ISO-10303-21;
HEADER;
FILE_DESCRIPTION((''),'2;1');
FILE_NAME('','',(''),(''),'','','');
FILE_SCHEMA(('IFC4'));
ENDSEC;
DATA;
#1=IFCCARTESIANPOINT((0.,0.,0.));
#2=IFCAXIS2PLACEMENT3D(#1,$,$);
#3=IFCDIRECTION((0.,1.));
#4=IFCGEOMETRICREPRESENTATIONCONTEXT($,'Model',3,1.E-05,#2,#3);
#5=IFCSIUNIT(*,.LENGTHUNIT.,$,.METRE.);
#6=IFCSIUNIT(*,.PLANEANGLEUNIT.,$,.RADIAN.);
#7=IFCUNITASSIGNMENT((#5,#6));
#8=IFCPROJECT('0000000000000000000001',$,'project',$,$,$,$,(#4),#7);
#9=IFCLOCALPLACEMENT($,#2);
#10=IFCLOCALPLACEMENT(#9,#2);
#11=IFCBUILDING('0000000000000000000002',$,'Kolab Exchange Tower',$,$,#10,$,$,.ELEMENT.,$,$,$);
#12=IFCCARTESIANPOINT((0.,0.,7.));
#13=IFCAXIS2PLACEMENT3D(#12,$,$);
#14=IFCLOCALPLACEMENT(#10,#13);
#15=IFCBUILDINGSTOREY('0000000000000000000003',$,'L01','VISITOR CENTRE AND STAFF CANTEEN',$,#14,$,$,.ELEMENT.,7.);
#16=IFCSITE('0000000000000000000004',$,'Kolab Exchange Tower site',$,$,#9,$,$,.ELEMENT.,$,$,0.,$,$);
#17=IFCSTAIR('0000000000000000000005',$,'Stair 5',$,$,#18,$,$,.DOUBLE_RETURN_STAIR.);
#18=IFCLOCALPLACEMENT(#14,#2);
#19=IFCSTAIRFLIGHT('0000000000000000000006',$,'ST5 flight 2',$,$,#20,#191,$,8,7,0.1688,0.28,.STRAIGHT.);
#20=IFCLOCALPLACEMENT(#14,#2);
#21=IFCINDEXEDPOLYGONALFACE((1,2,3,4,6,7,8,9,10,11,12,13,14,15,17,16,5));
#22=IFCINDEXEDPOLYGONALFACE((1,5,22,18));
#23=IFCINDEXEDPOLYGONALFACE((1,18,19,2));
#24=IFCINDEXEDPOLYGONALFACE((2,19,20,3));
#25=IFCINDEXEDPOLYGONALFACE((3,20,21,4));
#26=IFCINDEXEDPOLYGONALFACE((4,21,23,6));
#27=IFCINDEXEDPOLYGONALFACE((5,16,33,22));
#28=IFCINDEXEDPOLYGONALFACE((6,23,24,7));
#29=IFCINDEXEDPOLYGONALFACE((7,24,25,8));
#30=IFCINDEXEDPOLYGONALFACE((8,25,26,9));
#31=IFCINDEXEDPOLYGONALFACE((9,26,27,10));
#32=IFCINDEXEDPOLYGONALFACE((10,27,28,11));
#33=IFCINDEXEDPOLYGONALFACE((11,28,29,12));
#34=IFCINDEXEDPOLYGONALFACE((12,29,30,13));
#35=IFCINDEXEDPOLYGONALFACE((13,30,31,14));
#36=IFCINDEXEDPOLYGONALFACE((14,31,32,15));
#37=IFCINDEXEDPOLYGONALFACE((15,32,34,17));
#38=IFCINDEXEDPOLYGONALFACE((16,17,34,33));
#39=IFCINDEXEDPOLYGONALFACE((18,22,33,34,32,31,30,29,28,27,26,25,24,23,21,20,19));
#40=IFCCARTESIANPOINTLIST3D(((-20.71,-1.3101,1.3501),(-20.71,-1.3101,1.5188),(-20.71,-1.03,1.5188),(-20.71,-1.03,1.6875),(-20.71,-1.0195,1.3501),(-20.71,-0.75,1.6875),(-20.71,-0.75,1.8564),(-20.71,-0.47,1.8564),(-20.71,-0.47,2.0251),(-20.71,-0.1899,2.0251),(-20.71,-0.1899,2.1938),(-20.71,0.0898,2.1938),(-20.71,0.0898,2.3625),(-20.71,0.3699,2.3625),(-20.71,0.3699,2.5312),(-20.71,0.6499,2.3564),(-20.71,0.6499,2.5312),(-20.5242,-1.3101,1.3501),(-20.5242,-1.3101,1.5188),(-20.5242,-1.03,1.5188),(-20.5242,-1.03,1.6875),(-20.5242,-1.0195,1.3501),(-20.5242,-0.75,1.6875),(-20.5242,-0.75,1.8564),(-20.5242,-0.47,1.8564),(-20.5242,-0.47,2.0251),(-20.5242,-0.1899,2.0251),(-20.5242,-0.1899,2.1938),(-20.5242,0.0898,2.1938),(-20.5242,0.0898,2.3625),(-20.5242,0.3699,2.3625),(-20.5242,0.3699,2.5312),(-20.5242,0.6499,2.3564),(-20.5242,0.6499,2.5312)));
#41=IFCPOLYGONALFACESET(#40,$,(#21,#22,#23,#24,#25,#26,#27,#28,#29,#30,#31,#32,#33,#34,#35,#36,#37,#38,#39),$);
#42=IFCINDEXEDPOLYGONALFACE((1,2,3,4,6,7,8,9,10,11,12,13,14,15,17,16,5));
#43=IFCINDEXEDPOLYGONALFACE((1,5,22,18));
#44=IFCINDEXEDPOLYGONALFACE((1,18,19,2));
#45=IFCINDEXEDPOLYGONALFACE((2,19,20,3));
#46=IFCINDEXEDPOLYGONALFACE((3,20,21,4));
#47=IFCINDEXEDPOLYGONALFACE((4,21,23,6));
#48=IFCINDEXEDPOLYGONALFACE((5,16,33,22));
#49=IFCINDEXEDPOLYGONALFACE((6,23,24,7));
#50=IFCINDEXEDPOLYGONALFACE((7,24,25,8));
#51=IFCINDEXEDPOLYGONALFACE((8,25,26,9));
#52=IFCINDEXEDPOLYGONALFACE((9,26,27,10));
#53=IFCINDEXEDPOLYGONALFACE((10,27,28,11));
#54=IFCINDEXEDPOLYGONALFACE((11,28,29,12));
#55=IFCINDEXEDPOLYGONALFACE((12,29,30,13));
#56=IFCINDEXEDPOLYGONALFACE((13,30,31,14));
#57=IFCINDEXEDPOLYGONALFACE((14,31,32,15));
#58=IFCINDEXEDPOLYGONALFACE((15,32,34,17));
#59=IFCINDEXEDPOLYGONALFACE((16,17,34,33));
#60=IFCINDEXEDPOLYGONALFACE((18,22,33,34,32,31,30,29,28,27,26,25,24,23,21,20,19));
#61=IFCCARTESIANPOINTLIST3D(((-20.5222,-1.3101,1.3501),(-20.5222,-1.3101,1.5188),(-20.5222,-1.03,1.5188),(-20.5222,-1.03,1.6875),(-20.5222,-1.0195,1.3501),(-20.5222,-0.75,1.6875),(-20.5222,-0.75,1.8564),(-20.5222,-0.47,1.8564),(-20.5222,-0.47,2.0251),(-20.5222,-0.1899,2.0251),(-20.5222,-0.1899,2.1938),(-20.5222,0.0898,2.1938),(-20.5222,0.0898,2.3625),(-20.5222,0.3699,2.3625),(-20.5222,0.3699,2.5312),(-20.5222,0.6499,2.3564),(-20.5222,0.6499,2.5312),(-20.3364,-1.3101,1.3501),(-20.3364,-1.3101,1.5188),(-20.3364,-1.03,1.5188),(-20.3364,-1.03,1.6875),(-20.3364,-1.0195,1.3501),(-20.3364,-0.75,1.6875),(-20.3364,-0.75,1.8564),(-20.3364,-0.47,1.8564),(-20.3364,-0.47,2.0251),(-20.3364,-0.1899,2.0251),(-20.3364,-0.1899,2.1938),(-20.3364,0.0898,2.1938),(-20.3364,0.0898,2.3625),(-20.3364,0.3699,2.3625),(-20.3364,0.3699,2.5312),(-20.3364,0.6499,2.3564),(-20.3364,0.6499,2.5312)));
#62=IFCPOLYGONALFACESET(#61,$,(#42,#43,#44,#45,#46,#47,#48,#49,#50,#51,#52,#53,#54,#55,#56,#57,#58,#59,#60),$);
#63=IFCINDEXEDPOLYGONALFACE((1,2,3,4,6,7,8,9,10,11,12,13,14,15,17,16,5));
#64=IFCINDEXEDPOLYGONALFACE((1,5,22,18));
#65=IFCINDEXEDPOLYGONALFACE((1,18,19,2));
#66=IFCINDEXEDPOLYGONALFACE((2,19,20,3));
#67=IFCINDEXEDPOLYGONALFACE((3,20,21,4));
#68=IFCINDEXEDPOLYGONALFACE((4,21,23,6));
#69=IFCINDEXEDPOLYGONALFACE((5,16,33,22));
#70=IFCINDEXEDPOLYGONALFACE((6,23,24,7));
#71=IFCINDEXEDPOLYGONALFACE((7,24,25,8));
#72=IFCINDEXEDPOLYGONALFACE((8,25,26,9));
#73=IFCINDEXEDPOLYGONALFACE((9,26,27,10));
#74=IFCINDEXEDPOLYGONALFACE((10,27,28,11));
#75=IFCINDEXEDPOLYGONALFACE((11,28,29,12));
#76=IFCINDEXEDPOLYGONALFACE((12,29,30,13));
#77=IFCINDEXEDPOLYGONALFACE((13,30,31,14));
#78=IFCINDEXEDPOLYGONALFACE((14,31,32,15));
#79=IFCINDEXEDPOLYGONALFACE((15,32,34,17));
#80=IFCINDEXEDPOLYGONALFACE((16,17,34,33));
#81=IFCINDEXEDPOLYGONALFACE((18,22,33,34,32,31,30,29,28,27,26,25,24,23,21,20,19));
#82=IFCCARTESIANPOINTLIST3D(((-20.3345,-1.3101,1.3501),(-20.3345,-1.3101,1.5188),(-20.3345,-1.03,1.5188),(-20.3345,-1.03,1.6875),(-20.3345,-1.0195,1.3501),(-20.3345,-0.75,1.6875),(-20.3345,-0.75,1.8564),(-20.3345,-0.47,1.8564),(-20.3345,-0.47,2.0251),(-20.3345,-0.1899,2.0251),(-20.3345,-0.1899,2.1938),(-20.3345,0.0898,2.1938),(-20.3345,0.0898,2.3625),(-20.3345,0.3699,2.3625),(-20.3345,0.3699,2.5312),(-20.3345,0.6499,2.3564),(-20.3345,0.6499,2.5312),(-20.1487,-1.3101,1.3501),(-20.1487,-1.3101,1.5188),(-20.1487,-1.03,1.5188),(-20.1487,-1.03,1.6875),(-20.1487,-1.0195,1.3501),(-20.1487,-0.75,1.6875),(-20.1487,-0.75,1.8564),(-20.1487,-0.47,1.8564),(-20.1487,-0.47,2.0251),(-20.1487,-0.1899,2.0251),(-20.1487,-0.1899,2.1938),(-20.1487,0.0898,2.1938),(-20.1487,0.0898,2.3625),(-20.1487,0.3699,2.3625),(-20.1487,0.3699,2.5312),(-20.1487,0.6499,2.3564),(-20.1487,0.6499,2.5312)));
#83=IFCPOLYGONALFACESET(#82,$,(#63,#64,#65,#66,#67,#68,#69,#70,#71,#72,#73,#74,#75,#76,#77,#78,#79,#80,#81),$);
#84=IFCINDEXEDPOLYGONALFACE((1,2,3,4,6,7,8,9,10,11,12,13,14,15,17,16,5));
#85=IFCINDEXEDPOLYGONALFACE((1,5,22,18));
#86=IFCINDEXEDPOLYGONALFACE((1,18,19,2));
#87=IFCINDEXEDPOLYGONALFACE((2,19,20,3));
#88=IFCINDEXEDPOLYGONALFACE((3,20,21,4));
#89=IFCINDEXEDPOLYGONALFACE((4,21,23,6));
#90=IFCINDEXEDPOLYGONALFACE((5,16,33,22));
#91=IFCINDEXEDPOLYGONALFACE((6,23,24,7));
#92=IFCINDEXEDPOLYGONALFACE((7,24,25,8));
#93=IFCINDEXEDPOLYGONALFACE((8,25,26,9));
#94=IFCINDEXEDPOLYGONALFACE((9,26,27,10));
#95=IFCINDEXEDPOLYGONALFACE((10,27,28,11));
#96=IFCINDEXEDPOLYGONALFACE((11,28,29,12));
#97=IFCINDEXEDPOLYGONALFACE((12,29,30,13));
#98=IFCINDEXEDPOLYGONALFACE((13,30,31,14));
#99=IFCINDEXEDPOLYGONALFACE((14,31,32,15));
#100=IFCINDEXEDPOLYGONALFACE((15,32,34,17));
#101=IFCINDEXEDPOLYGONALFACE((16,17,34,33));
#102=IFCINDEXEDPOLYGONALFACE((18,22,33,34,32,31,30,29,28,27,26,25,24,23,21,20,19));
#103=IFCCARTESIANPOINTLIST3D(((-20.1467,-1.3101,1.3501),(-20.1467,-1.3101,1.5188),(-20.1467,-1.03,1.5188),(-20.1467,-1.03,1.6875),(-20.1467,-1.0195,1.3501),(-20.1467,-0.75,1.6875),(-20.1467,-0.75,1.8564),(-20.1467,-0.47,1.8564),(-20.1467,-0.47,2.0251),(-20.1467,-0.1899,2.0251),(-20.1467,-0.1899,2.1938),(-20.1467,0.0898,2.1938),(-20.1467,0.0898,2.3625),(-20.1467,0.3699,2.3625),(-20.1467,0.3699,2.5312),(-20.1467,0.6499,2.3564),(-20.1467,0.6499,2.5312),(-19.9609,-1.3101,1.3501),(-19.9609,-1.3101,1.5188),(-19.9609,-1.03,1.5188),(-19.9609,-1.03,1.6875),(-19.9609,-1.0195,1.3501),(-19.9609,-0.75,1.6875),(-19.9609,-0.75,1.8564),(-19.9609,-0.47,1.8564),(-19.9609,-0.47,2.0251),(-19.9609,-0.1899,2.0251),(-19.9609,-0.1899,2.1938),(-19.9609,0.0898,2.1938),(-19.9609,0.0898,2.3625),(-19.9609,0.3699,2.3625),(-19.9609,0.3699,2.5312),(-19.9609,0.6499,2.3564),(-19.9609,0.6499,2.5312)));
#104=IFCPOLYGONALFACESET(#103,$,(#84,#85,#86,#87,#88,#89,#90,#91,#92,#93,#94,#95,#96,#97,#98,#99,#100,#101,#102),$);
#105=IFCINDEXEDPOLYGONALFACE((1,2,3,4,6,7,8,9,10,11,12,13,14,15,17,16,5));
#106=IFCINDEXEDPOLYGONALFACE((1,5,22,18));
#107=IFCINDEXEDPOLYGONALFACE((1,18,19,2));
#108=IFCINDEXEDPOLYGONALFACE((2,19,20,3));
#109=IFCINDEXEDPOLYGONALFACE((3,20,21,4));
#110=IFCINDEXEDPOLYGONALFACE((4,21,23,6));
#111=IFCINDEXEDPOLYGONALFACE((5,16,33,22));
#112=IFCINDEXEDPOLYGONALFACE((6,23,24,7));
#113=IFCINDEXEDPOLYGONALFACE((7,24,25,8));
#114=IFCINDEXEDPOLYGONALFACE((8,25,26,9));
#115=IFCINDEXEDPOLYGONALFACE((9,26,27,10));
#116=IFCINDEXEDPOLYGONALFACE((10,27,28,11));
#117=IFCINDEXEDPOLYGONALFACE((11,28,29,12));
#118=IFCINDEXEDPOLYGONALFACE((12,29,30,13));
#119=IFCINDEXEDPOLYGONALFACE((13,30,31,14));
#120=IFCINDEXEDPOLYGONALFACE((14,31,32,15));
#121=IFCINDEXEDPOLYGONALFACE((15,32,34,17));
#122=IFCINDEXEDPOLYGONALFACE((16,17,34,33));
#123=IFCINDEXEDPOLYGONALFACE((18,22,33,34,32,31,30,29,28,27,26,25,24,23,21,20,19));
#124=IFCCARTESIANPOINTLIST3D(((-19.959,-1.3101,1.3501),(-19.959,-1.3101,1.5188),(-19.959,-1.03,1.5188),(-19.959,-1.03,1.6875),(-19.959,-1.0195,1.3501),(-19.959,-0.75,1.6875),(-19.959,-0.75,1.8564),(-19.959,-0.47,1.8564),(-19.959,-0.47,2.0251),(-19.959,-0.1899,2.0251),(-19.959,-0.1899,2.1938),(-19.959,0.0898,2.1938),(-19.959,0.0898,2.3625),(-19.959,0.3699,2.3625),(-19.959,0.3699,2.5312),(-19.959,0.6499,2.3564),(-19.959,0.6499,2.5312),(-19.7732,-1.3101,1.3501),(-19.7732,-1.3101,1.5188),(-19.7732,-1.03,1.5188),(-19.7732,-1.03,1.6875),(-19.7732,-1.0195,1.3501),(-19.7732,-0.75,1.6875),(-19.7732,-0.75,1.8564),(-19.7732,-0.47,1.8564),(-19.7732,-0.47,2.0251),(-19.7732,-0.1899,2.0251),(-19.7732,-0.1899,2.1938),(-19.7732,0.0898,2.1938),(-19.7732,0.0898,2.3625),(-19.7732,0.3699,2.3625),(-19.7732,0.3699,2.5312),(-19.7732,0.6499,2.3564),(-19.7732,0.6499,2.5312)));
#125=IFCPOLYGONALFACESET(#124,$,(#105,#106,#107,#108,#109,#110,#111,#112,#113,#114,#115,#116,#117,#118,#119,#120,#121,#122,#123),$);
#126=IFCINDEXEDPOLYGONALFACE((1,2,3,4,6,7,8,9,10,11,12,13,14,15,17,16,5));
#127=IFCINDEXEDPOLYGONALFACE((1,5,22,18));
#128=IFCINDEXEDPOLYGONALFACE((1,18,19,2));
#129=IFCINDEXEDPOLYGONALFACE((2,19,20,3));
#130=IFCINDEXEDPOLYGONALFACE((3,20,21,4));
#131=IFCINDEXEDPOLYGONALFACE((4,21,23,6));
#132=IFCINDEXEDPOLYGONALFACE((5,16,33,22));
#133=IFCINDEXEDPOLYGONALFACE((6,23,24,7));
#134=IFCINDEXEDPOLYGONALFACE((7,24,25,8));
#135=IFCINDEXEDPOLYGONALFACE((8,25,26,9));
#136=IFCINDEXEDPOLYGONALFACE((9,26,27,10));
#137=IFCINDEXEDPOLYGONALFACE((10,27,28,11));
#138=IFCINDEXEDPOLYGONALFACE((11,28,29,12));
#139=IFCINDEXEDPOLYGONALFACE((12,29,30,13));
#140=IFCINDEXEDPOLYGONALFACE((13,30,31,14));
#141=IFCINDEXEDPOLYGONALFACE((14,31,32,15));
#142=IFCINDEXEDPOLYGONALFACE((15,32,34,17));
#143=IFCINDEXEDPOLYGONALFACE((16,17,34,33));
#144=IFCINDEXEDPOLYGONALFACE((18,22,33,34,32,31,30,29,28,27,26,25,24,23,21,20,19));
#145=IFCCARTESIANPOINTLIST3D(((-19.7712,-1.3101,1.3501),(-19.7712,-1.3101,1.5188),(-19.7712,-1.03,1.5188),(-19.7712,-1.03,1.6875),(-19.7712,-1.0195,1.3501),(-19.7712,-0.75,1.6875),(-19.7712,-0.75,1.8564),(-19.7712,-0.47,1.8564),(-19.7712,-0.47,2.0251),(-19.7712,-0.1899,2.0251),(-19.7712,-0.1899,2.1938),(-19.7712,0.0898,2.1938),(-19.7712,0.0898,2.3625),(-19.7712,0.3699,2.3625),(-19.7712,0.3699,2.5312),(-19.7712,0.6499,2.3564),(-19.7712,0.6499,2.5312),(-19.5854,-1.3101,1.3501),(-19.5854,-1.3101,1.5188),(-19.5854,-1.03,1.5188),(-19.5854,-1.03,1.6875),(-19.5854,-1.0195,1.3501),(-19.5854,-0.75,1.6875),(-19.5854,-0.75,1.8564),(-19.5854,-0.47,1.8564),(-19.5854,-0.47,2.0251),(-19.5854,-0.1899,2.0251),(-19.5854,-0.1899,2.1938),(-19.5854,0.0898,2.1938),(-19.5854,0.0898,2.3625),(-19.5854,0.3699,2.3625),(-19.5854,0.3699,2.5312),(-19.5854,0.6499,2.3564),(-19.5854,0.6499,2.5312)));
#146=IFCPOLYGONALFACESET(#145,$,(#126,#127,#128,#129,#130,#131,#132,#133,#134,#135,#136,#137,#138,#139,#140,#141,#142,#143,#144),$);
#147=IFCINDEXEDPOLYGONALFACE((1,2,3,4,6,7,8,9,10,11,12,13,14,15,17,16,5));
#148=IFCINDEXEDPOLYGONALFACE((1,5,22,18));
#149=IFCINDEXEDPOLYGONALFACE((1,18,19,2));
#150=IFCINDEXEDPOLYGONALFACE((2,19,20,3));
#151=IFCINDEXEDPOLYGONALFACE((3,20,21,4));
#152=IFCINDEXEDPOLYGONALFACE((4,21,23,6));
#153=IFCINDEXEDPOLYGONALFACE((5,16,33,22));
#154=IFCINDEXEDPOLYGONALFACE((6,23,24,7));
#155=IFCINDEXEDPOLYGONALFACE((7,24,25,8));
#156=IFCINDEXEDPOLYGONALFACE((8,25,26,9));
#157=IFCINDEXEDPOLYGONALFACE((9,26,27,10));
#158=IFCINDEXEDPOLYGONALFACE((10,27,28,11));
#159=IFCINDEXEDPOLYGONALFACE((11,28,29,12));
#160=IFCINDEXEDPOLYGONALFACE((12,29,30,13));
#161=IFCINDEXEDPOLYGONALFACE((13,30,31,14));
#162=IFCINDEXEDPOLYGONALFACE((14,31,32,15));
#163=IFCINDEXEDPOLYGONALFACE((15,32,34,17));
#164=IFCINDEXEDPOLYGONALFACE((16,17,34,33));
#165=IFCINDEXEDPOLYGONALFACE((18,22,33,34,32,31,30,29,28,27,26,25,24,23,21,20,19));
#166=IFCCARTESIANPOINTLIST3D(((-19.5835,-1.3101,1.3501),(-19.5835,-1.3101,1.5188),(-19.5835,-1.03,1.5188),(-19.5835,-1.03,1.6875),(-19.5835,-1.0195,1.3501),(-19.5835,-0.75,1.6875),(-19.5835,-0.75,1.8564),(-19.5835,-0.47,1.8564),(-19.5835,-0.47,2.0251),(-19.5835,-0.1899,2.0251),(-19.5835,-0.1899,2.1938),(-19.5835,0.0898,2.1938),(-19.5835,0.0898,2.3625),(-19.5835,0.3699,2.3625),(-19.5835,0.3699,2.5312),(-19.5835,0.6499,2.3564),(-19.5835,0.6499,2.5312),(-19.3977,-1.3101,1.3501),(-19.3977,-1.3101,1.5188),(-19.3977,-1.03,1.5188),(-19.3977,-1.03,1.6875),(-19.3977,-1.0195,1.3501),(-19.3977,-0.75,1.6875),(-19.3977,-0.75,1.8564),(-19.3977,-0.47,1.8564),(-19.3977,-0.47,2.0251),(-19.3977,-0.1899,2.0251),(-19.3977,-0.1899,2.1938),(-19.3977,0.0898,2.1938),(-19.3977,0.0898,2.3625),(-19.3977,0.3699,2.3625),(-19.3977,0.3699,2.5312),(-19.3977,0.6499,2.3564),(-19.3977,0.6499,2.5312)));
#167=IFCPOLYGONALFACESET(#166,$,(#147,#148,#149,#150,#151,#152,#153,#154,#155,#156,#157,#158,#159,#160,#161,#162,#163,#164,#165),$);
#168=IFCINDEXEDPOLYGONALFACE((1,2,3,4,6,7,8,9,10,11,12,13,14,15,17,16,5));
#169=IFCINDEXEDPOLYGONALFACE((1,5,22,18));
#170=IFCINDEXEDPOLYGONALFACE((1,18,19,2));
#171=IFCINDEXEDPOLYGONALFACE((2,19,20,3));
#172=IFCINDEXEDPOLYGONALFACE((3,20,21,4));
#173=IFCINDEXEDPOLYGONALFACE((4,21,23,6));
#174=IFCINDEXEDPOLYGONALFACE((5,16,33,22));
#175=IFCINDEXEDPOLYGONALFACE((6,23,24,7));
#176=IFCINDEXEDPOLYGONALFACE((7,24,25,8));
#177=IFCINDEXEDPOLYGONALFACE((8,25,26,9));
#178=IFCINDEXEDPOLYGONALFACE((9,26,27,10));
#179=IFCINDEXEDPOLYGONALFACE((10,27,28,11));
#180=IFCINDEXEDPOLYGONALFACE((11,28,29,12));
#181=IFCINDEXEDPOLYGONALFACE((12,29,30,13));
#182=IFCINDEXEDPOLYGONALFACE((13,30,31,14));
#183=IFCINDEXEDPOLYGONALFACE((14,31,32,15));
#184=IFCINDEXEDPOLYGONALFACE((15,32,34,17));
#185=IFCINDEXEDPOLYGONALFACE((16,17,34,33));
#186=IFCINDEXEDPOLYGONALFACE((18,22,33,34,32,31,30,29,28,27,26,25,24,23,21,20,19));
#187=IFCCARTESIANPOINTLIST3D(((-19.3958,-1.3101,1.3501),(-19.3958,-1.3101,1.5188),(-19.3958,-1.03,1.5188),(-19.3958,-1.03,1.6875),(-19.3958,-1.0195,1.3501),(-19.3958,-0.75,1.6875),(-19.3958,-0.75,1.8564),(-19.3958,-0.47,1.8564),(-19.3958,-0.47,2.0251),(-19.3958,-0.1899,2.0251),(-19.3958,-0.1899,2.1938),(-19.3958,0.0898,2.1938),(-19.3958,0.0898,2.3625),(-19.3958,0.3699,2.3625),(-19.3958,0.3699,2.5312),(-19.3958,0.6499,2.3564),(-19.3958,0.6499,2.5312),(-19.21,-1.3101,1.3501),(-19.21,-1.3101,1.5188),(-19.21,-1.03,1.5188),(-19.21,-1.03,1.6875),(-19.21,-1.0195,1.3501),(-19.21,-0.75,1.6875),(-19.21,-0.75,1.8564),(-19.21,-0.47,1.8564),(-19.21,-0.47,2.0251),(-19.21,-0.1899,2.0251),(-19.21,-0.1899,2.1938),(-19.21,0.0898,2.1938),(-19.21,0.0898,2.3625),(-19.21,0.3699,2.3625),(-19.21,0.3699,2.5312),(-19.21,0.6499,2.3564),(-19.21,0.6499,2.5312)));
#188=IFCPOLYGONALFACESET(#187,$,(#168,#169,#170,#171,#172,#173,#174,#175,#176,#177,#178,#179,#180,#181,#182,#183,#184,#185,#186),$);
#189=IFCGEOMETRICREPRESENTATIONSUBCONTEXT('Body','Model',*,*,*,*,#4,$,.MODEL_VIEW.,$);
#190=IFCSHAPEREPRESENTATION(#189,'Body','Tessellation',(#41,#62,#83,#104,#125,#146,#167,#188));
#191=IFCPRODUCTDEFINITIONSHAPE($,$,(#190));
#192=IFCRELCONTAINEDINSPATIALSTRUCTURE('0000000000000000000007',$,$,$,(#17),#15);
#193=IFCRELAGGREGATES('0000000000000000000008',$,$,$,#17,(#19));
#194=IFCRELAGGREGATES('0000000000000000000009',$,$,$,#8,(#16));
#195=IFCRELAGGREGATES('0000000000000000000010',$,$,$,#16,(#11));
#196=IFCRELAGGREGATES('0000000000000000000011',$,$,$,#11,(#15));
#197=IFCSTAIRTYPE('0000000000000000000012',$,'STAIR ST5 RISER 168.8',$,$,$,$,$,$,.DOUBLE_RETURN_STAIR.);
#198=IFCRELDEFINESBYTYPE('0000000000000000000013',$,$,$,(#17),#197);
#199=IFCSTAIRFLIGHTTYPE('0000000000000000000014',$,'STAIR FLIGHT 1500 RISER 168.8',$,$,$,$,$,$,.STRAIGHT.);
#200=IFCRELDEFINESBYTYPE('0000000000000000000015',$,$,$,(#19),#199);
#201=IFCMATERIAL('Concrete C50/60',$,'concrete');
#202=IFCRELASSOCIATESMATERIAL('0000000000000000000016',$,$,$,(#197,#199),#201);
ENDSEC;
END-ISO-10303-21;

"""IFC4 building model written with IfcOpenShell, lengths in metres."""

from ifc_helpers import new_model, si_unit, direction, frame, origin, place, context, subcontext, project, spatial, polyline, outline, extrude, material, type_object, element, aggregate, save


model = new_model("IFC4")

# Units and contexts
model_context = context("Model", 3, precision=1e-05, world=origin(), true_north=direction((0.0, 1.0)))
body_context = subcontext(model_context, "Body", "Model", "MODEL_VIEW")
ifc_project = project(units=[si_unit("LENGTHUNIT", "METRE"), si_unit("PLANEANGLEUNIT", "RADIAN")], contexts=[model_context])

# Site, building, storey
site_placement = place(None, origin())
site = spatial("IfcSite", under=ifc_project, at=site_placement, Name="Kolab Exchange Tower site", CompositionType="ELEMENT", RefElevation=0.0)
building_placement = place(site_placement, origin())
building = spatial("IfcBuilding", under=site, at=building_placement, Name="Kolab Exchange Tower", CompositionType="ELEMENT")
storey_placement = place(building_placement, frame((0.0, 0.0, 7.0)))
storey = spatial("IfcBuildingStorey", under=building, at=storey_placement, Name="L01", Description="VISITOR CENTRE AND STAFF CANTEEN", CompositionType="ELEMENT", Elevation=7.0)

# Shared definitions
ifc_material_1 = material(Name="Concrete C50/60", Category="concrete")

# Stair, stair flight
stair_type = type_object("IfcStairType", Name="STAIR ST5 RISER 168.8", PredefinedType="DOUBLE_RETURN_STAIR", material=ifc_material_1)
stair_placement = place(storey_placement, origin())
stair = element("IfcStair", 1, at=stair_placement, inside=storey, type_object=stair_type, Name="Stair 5", PredefinedType="DOUBLE_RETURN_STAIR")
stair_flight_type = type_object("IfcStairFlightType", Name="STAIR FLIGHT 1500 RISER 168.8", PredefinedType="STRAIGHT", material=ifc_material_1)
stair_flight_1_placement = place(storey_placement, frame((-19.96, -1.3101, 1.3501), z_axis=(0.0, 0.0, 1.0), x_axis=(0.0, 1.0, 0.0)))
stair_flight_1 = element("IfcStairFlight", 2, at=stair_flight_1_placement, type_object=stair_flight_type, Name="ST5 flight 2", NumberOfRisers=8, NumberOfTreads=7, PredefinedType="STRAIGHT", RiserHeight=0.1688, TreadLength=0.28, context=body_context, shape_type="SweptSolid", body=[
    extrude(outline(polyline([(0.0, 0.0), (0.0, 0.1687), (0.28, 0.1687), (0.28, 0.3374), (0.5601, 0.3374), (0.5601, 0.5063), (0.8401, 0.5063), (0.8401, 0.675), (1.1201, 0.675), (1.1201, 0.8438), (1.3999, 0.8438), (1.3999, 1.0125), (1.6799, 1.0125), (1.6799, 1.1812), (1.96, 1.1812), (1.96, 1.3501), (1.96, 1.0063), (0.2905, 0.0), (0.0, 0.0)])), frame((0.0, 0.75, 0.0), z_axis=(0.0, -1.0, 0.0), x_axis=(1.0, 0.0, 0.0)), (0.0, 0.0, 1.0), 0.1858),
    extrude(outline(polyline([(0.0, 0.0), (0.0, 0.1687), (0.28, 0.1687), (0.28, 0.3374), (0.5601, 0.3374), (0.5601, 0.5063), (0.8401, 0.5063), (0.8401, 0.675), (1.1201, 0.675), (1.1201, 0.8438), (1.3999, 0.8438), (1.3999, 1.0125), (1.6799, 1.0125), (1.6799, 1.1812), (1.96, 1.1812), (1.96, 1.3501), (1.96, 1.0063), (0.2905, 0.0), (0.0, 0.0)])), frame((0.0, 0.5623, 0.0), z_axis=(0.0, -1.0, 0.0), x_axis=(1.0, 0.0, 0.0)), (0.0, 0.0, 1.0), 0.1858),
    extrude(outline(polyline([(0.0, 0.0), (0.0, 0.1687), (0.28, 0.1687), (0.28, 0.3374), (0.5601, 0.3374), (0.5601, 0.5063), (0.8401, 0.5063), (0.8401, 0.675), (1.1201, 0.675), (1.1201, 0.8438), (1.3999, 0.8438), (1.3999, 1.0125), (1.6799, 1.0125), (1.6799, 1.1812), (1.96, 1.1812), (1.96, 1.3501), (1.96, 1.0063), (0.2905, 0.0), (0.0, 0.0)])), frame((0.0, 0.3745, 0.0), z_axis=(0.0, -1.0, 0.0), x_axis=(1.0, 0.0, 0.0)), (0.0, 0.0, 1.0), 0.1858),
    extrude(outline(polyline([(0.0, 0.0), (0.0, 0.1687), (0.28, 0.1687), (0.28, 0.3374), (0.5601, 0.3374), (0.5601, 0.5063), (0.8401, 0.5063), (0.8401, 0.675), (1.1201, 0.675), (1.1201, 0.8438), (1.3999, 0.8438), (1.3999, 1.0125), (1.6799, 1.0125), (1.6799, 1.1812), (1.96, 1.1812), (1.96, 1.3501), (1.96, 1.0063), (0.2905, 0.0), (0.0, 0.0)])), frame((0.0, 0.1868, 0.0), z_axis=(0.0, -1.0, 0.0), x_axis=(1.0, 0.0, 0.0)), (0.0, 0.0, 1.0), 0.1858),
    extrude(outline(polyline([(0.0, 0.0), (0.0, 0.1687), (0.28, 0.1687), (0.28, 0.3374), (0.5601, 0.3374), (0.5601, 0.5063), (0.8401, 0.5063), (0.8401, 0.675), (1.1201, 0.675), (1.1201, 0.8438), (1.3999, 0.8438), (1.3999, 1.0125), (1.6799, 1.0125), (1.6799, 1.1812), (1.96, 1.1812), (1.96, 1.3501), (1.96, 1.0063), (0.2905, 0.0), (0.0, 0.0)])), frame((0.0, -0.001, 0.0), z_axis=(0.0, -1.0, 0.0), x_axis=(1.0, 0.0, 0.0)), (0.0, 0.0, 1.0), 0.1858),
    extrude(outline(polyline([(0.0, 0.0), (0.0, 0.1687), (0.28, 0.1687), (0.28, 0.3374), (0.5601, 0.3374), (0.5601, 0.5063), (0.8401, 0.5063), (0.8401, 0.675), (1.1201, 0.675), (1.1201, 0.8438), (1.3999, 0.8438), (1.3999, 1.0125), (1.6799, 1.0125), (1.6799, 1.1812), (1.96, 1.1812), (1.96, 1.3501), (1.96, 1.0063), (0.2905, 0.0), (0.0, 0.0)])), frame((0.0, -0.1887, 0.0), z_axis=(0.0, -1.0, 0.0), x_axis=(1.0, 0.0, 0.0)), (0.0, 0.0, 1.0), 0.1858),
    extrude(outline(polyline([(0.0, 0.0), (0.0, 0.1687), (0.28, 0.1687), (0.28, 0.3374), (0.5601, 0.3374), (0.5601, 0.5063), (0.8401, 0.5063), (0.8401, 0.675), (1.1201, 0.675), (1.1201, 0.8438), (1.3999, 0.8438), (1.3999, 1.0125), (1.6799, 1.0125), (1.6799, 1.1812), (1.96, 1.1812), (1.96, 1.3501), (1.96, 1.0063), (0.2905, 0.0), (0.0, 0.0)])), frame((0.0, -0.3765, 0.0), z_axis=(0.0, -1.0, 0.0), x_axis=(1.0, 0.0, 0.0)), (0.0, 0.0, 1.0), 0.1858),
    extrude(outline(polyline([(0.0, 0.0), (0.0, 0.1687), (0.28, 0.1687), (0.28, 0.3374), (0.5601, 0.3374), (0.5601, 0.5063), (0.8401, 0.5063), (0.8401, 0.675), (1.1201, 0.675), (1.1201, 0.8438), (1.3999, 0.8438), (1.3999, 1.0125), (1.6799, 1.0125), (1.6799, 1.1812), (1.96, 1.1812), (1.96, 1.3501), (1.96, 1.0063), (0.2905, 0.0), (0.0, 0.0)])), frame((0.0, -0.5642, 0.0), z_axis=(0.0, -1.0, 0.0), x_axis=(1.0, 0.0, 0.0)), (0.0, 0.0, 1.0), 0.1858),
])
aggregate(stair, [stair_flight_1])

save(model, "model.ifc")
